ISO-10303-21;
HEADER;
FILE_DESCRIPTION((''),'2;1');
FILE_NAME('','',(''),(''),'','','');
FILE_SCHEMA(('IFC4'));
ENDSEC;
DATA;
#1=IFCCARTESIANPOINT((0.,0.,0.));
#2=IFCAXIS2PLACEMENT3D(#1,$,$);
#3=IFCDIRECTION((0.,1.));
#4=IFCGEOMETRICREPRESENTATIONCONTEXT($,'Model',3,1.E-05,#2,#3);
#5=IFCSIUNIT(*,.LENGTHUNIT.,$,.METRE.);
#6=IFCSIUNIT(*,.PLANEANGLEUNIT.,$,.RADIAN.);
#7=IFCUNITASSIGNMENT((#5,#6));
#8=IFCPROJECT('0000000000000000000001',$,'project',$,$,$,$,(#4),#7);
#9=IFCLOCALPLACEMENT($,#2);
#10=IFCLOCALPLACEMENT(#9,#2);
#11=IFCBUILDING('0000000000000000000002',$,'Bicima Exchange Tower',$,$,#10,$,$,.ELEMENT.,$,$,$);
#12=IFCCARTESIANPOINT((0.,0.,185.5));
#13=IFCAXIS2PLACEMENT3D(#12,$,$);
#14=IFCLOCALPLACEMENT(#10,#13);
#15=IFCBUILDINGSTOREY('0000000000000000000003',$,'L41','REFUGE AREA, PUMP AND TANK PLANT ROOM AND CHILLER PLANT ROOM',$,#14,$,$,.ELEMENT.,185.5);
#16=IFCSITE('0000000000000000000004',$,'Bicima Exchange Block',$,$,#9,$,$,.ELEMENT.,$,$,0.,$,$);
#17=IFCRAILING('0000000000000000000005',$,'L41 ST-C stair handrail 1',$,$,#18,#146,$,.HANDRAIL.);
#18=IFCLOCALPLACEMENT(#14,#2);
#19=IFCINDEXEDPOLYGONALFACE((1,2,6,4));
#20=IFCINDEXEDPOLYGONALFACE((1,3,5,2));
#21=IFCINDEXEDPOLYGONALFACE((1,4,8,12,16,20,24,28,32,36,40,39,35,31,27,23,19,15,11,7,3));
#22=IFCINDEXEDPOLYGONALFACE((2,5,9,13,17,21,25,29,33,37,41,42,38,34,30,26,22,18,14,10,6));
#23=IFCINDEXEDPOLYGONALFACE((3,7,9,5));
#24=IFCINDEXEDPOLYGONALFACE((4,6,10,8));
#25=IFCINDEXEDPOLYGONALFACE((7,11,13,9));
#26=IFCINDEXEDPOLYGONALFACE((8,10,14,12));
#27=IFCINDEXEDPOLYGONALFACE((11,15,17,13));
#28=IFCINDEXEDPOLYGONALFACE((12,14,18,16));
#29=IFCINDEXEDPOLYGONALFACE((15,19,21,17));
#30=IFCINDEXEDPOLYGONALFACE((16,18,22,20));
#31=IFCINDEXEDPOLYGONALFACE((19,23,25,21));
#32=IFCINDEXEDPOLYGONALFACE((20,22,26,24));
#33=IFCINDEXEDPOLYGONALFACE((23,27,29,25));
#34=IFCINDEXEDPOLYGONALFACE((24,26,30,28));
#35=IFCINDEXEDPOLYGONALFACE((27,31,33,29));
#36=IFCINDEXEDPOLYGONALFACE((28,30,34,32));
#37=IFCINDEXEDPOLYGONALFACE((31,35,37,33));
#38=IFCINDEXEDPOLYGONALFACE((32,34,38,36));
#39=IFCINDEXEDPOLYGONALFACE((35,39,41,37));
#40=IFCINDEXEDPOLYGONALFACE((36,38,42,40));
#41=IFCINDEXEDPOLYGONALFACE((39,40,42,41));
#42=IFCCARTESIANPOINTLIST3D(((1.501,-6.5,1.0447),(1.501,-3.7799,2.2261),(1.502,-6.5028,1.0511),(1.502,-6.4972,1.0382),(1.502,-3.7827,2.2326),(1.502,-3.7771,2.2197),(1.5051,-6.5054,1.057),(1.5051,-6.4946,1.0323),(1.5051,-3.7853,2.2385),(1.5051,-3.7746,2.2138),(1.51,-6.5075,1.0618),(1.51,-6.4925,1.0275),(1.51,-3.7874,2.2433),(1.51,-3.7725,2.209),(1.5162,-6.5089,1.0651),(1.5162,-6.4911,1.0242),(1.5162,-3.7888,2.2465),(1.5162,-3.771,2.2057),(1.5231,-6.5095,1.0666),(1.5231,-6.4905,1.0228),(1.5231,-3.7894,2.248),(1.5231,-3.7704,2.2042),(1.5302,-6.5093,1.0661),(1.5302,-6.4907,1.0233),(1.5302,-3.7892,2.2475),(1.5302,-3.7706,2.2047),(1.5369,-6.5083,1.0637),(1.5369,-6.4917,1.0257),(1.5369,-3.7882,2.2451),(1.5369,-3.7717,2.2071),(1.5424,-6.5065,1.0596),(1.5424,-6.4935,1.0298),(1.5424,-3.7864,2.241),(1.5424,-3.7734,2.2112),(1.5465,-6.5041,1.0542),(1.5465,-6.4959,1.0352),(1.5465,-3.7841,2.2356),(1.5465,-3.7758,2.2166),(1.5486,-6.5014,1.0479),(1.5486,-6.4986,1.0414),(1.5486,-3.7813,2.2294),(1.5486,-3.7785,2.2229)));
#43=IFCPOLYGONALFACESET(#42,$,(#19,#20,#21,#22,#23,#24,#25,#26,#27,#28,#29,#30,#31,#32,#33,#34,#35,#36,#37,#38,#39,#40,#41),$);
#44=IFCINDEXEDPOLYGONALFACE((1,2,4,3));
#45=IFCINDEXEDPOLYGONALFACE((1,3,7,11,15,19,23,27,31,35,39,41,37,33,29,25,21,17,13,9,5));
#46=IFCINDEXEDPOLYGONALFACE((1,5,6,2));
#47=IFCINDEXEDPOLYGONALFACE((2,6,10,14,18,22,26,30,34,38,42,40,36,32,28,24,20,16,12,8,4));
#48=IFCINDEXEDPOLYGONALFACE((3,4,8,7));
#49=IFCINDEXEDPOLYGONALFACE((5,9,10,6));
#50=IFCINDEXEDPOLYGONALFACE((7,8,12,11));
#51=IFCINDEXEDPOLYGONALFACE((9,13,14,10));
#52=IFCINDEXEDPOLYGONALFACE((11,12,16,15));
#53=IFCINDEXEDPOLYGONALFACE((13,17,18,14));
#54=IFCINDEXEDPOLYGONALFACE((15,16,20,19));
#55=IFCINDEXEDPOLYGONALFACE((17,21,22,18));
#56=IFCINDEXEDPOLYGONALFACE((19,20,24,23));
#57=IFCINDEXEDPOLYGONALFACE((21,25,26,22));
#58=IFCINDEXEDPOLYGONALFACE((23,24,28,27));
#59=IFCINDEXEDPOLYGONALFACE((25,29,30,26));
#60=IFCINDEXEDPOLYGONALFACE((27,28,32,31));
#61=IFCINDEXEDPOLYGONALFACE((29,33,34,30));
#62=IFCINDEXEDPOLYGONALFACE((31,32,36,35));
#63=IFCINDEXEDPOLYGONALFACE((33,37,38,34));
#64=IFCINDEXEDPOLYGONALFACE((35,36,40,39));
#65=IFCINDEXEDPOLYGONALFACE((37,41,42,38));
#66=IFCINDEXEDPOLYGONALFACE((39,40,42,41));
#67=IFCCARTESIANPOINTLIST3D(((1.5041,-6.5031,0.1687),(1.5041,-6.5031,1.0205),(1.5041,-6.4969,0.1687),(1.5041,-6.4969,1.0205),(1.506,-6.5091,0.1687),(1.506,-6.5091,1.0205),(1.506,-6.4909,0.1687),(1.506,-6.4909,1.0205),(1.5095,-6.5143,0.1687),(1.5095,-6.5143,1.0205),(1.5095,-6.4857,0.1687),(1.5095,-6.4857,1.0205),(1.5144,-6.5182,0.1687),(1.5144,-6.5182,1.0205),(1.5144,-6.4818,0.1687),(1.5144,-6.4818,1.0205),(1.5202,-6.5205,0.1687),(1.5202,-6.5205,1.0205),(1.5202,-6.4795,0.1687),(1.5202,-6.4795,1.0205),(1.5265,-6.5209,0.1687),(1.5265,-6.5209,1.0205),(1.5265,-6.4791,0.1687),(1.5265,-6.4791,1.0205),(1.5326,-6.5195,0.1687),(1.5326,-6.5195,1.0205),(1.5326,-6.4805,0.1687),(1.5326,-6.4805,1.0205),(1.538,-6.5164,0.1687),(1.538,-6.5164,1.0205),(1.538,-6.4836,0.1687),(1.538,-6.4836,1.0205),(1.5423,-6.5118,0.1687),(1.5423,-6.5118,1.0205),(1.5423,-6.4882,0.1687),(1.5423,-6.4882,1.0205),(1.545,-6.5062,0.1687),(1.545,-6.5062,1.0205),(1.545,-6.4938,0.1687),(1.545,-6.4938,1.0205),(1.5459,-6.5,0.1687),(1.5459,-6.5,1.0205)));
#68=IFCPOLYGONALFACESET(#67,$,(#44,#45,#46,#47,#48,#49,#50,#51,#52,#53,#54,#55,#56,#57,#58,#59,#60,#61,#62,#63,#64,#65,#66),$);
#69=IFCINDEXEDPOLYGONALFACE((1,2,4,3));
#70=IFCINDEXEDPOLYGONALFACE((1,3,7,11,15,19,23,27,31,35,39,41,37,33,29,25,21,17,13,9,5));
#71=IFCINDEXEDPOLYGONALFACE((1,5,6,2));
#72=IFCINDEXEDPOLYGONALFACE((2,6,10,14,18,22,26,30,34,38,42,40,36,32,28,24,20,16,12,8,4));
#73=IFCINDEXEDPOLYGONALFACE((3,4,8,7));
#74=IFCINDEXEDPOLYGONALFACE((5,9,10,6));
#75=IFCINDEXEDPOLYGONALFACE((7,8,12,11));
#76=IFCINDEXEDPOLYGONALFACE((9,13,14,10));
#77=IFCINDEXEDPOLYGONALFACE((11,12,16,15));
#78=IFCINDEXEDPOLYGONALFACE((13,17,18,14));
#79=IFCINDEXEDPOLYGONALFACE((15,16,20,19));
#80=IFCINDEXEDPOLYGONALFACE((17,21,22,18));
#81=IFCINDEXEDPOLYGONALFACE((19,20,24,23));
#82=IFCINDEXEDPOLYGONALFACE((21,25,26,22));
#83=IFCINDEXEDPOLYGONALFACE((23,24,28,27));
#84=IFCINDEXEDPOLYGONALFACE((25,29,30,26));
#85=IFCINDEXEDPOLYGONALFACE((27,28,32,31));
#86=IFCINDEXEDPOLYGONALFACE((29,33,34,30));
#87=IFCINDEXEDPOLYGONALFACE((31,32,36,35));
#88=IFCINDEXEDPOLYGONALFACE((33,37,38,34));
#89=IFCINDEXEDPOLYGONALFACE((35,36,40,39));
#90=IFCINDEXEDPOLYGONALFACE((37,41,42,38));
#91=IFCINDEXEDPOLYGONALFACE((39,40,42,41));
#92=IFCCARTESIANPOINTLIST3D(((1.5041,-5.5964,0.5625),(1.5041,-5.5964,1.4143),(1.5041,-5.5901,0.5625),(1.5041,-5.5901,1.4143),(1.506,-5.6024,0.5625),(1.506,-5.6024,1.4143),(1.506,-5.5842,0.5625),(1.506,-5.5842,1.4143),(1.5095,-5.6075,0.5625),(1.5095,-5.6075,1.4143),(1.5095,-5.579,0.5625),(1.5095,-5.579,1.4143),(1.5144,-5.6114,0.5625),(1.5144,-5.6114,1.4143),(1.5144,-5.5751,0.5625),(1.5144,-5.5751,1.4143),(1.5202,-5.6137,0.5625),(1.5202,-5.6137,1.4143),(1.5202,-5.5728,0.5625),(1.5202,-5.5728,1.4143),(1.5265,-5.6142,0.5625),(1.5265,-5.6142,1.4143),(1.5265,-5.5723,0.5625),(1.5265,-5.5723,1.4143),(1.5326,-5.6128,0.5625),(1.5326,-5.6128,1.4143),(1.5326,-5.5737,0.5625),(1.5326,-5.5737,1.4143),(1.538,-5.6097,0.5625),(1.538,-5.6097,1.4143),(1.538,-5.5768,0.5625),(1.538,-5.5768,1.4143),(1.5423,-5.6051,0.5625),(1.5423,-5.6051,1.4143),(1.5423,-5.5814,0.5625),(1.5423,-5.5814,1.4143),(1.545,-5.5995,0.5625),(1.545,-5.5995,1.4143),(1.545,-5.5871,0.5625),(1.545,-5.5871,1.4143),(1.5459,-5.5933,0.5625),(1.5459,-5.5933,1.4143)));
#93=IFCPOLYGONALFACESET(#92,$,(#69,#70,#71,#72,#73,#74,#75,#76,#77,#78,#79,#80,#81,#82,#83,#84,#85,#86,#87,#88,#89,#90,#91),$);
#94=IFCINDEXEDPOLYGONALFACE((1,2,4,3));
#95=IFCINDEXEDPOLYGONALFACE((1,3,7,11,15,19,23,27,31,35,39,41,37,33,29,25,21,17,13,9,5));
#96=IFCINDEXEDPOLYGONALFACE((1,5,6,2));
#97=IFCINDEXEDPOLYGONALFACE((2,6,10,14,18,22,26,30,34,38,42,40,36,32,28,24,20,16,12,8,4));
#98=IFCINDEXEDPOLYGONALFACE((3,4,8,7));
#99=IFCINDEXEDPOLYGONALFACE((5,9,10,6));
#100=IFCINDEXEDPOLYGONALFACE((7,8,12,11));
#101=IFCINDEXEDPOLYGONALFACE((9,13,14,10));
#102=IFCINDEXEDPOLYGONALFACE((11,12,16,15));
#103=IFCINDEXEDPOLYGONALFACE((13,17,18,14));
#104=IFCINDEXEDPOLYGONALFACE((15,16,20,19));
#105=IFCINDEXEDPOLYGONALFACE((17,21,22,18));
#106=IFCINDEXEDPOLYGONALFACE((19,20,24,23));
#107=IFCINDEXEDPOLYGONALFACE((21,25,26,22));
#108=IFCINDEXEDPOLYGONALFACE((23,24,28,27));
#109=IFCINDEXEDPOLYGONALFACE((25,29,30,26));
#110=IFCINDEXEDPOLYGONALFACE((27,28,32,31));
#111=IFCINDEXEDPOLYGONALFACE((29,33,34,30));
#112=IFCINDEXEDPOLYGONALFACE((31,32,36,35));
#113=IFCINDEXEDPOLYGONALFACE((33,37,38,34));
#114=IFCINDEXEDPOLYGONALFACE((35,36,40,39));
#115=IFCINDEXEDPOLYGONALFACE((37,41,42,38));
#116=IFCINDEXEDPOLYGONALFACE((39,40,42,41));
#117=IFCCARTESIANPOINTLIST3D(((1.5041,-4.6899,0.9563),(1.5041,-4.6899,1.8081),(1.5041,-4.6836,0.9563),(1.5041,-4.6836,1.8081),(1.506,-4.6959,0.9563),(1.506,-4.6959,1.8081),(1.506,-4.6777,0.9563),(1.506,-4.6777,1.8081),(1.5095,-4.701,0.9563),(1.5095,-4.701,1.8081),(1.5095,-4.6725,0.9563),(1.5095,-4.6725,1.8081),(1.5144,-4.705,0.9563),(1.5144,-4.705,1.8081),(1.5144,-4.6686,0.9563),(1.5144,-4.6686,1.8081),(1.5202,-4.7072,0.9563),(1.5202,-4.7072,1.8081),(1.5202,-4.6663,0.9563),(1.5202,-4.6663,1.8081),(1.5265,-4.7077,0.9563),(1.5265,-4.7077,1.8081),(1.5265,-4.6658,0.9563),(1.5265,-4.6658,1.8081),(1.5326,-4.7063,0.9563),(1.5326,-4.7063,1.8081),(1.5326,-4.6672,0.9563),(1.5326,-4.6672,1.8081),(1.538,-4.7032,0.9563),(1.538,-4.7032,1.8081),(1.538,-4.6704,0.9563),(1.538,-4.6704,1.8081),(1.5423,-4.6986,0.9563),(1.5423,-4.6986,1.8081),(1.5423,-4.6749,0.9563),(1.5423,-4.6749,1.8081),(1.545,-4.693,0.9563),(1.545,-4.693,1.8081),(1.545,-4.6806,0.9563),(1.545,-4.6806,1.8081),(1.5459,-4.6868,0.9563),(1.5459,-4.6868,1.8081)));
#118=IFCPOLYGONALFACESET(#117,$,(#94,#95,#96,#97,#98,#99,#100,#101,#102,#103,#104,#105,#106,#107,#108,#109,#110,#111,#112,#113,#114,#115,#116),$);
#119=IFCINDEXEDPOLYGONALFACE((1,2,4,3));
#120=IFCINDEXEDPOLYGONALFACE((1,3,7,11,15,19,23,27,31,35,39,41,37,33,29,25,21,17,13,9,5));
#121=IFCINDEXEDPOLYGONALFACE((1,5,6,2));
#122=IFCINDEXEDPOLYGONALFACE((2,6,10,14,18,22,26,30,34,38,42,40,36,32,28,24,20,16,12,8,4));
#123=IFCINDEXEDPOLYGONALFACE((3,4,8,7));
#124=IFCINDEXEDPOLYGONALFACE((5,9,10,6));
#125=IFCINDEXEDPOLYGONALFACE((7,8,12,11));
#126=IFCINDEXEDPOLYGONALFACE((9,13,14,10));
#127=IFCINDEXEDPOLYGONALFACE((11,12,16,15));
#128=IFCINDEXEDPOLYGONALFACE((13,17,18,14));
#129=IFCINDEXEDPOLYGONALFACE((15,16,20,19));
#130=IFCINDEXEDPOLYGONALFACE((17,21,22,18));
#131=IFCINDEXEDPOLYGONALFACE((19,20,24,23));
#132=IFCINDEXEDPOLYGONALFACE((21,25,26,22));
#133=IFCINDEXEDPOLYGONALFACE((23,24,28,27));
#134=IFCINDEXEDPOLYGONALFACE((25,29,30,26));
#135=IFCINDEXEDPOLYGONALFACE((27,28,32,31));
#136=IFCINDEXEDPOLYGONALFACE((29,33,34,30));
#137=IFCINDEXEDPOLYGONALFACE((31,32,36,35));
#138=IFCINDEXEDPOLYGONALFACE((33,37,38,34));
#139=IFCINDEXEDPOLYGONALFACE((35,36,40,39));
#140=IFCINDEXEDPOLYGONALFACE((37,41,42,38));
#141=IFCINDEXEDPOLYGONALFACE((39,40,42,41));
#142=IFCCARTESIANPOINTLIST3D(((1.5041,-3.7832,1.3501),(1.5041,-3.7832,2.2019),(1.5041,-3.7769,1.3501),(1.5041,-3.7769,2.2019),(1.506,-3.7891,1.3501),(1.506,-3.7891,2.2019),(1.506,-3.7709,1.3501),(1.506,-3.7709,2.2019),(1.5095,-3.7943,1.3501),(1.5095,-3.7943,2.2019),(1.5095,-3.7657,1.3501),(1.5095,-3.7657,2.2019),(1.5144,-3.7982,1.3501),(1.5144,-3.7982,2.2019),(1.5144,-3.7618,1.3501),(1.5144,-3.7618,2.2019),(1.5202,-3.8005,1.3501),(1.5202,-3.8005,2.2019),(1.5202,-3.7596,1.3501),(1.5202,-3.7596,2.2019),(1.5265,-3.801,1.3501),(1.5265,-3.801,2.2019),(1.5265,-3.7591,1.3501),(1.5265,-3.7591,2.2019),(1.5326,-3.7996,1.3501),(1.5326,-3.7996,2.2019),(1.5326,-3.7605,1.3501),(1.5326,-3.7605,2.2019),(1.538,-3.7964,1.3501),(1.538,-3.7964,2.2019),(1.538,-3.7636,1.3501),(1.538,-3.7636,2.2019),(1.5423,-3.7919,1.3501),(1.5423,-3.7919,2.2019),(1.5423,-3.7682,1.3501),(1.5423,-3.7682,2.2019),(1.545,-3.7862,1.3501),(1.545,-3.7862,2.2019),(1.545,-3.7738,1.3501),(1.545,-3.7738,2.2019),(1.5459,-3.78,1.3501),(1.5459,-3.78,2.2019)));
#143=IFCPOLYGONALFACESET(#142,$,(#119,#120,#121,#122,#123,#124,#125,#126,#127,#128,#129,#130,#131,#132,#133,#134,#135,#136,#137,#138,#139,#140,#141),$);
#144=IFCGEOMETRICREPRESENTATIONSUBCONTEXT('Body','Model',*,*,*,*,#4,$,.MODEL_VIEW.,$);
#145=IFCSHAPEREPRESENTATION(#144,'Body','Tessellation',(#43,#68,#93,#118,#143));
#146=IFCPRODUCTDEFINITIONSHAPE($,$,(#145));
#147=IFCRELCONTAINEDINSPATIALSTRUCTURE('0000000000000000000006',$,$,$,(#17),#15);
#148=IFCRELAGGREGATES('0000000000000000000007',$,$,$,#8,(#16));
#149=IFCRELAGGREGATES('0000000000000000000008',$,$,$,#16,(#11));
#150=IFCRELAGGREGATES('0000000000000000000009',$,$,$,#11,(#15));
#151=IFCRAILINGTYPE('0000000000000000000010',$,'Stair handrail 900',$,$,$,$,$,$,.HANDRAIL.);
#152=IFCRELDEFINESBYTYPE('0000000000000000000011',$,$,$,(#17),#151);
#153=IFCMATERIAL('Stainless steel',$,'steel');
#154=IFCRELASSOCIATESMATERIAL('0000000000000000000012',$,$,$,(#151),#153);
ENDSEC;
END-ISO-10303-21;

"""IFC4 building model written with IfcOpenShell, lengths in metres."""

from ifc_helpers import new_model, si_unit, direction, frame, origin, origin_2d, place, context, subcontext, project, spatial, circle, extrude, material, type_object, element, save


model = new_model("IFC4")

# Units and contexts
model_context = context("Model", 3, precision=1e-05, world=origin(), true_north=direction((0.0, 1.0)))
body_context = subcontext(model_context, "Body", "Model", "MODEL_VIEW")
ifc_project = project(units=[si_unit("LENGTHUNIT", "METRE"), si_unit("PLANEANGLEUNIT", "RADIAN")], contexts=[model_context])

# Site, building, storey
site_placement = place(None, origin())
site = spatial("IfcSite", under=ifc_project, at=site_placement, Name="Bicima Exchange Block", CompositionType="ELEMENT", RefElevation=0.0)
building_placement = place(site_placement, origin())
building = spatial("IfcBuilding", under=site, at=building_placement, Name="Bicima Exchange Tower", CompositionType="ELEMENT")
storey_placement = place(building_placement, frame((0.0, 0.0, 185.5)))
storey = spatial("IfcBuildingStorey", under=building, at=storey_placement, Name="L41", Description="REFUGE AREA, PUMP AND TANK PLANT ROOM AND CHILLER PLANT ROOM", CompositionType="ELEMENT", Elevation=185.5)

# Shared definitions
ifc_material_1 = material(Name="Stainless steel", Category="steel")

# Railing
railing_type_1 = type_object("IfcRailingType", Name="Stair handrail 900", PredefinedType="HANDRAIL", material=ifc_material_1)
for number, where, name in (
    (1, (1.5249, -6.5, 0.1687), "L41 ST-C stair handrail 1"),
):
    element("IfcRailing", number, at=place(storey_placement, frame(where)), inside=storey, type_object=railing_type_1, Name=name, PredefinedType="HANDRAIL", context=body_context, shape_type="SweptSolid", body=[
        extrude(circle(Radius=0.0239, at=origin_2d()), frame((0.0, 0.0, 0.876), z_axis=(0.0, 0.917218, 0.398386), x_axis=(-1.0, 0.0, 0.0)), (0.0, 0.0, 1.0), 2.9656),
        extrude(circle(Radius=0.021, at=origin_2d()), origin(), (0.0, 0.0, 1.0), 0.8518),
        extrude(circle(Radius=0.021, at=origin_2d()), frame((0.0, 0.9067, 0.3938)), (0.0, 0.0, 1.0), 0.8518),
        extrude(circle(Radius=0.021, at=origin_2d()), frame((0.0, 1.8132, 0.7876)), (0.0, 0.0, 1.0), 0.8518),
        extrude(circle(Radius=0.021, at=origin_2d()), frame((0.0, 2.72, 1.1814)), (0.0, 0.0, 1.0), 0.8518),
    ])

save(model, "model.ifc")
